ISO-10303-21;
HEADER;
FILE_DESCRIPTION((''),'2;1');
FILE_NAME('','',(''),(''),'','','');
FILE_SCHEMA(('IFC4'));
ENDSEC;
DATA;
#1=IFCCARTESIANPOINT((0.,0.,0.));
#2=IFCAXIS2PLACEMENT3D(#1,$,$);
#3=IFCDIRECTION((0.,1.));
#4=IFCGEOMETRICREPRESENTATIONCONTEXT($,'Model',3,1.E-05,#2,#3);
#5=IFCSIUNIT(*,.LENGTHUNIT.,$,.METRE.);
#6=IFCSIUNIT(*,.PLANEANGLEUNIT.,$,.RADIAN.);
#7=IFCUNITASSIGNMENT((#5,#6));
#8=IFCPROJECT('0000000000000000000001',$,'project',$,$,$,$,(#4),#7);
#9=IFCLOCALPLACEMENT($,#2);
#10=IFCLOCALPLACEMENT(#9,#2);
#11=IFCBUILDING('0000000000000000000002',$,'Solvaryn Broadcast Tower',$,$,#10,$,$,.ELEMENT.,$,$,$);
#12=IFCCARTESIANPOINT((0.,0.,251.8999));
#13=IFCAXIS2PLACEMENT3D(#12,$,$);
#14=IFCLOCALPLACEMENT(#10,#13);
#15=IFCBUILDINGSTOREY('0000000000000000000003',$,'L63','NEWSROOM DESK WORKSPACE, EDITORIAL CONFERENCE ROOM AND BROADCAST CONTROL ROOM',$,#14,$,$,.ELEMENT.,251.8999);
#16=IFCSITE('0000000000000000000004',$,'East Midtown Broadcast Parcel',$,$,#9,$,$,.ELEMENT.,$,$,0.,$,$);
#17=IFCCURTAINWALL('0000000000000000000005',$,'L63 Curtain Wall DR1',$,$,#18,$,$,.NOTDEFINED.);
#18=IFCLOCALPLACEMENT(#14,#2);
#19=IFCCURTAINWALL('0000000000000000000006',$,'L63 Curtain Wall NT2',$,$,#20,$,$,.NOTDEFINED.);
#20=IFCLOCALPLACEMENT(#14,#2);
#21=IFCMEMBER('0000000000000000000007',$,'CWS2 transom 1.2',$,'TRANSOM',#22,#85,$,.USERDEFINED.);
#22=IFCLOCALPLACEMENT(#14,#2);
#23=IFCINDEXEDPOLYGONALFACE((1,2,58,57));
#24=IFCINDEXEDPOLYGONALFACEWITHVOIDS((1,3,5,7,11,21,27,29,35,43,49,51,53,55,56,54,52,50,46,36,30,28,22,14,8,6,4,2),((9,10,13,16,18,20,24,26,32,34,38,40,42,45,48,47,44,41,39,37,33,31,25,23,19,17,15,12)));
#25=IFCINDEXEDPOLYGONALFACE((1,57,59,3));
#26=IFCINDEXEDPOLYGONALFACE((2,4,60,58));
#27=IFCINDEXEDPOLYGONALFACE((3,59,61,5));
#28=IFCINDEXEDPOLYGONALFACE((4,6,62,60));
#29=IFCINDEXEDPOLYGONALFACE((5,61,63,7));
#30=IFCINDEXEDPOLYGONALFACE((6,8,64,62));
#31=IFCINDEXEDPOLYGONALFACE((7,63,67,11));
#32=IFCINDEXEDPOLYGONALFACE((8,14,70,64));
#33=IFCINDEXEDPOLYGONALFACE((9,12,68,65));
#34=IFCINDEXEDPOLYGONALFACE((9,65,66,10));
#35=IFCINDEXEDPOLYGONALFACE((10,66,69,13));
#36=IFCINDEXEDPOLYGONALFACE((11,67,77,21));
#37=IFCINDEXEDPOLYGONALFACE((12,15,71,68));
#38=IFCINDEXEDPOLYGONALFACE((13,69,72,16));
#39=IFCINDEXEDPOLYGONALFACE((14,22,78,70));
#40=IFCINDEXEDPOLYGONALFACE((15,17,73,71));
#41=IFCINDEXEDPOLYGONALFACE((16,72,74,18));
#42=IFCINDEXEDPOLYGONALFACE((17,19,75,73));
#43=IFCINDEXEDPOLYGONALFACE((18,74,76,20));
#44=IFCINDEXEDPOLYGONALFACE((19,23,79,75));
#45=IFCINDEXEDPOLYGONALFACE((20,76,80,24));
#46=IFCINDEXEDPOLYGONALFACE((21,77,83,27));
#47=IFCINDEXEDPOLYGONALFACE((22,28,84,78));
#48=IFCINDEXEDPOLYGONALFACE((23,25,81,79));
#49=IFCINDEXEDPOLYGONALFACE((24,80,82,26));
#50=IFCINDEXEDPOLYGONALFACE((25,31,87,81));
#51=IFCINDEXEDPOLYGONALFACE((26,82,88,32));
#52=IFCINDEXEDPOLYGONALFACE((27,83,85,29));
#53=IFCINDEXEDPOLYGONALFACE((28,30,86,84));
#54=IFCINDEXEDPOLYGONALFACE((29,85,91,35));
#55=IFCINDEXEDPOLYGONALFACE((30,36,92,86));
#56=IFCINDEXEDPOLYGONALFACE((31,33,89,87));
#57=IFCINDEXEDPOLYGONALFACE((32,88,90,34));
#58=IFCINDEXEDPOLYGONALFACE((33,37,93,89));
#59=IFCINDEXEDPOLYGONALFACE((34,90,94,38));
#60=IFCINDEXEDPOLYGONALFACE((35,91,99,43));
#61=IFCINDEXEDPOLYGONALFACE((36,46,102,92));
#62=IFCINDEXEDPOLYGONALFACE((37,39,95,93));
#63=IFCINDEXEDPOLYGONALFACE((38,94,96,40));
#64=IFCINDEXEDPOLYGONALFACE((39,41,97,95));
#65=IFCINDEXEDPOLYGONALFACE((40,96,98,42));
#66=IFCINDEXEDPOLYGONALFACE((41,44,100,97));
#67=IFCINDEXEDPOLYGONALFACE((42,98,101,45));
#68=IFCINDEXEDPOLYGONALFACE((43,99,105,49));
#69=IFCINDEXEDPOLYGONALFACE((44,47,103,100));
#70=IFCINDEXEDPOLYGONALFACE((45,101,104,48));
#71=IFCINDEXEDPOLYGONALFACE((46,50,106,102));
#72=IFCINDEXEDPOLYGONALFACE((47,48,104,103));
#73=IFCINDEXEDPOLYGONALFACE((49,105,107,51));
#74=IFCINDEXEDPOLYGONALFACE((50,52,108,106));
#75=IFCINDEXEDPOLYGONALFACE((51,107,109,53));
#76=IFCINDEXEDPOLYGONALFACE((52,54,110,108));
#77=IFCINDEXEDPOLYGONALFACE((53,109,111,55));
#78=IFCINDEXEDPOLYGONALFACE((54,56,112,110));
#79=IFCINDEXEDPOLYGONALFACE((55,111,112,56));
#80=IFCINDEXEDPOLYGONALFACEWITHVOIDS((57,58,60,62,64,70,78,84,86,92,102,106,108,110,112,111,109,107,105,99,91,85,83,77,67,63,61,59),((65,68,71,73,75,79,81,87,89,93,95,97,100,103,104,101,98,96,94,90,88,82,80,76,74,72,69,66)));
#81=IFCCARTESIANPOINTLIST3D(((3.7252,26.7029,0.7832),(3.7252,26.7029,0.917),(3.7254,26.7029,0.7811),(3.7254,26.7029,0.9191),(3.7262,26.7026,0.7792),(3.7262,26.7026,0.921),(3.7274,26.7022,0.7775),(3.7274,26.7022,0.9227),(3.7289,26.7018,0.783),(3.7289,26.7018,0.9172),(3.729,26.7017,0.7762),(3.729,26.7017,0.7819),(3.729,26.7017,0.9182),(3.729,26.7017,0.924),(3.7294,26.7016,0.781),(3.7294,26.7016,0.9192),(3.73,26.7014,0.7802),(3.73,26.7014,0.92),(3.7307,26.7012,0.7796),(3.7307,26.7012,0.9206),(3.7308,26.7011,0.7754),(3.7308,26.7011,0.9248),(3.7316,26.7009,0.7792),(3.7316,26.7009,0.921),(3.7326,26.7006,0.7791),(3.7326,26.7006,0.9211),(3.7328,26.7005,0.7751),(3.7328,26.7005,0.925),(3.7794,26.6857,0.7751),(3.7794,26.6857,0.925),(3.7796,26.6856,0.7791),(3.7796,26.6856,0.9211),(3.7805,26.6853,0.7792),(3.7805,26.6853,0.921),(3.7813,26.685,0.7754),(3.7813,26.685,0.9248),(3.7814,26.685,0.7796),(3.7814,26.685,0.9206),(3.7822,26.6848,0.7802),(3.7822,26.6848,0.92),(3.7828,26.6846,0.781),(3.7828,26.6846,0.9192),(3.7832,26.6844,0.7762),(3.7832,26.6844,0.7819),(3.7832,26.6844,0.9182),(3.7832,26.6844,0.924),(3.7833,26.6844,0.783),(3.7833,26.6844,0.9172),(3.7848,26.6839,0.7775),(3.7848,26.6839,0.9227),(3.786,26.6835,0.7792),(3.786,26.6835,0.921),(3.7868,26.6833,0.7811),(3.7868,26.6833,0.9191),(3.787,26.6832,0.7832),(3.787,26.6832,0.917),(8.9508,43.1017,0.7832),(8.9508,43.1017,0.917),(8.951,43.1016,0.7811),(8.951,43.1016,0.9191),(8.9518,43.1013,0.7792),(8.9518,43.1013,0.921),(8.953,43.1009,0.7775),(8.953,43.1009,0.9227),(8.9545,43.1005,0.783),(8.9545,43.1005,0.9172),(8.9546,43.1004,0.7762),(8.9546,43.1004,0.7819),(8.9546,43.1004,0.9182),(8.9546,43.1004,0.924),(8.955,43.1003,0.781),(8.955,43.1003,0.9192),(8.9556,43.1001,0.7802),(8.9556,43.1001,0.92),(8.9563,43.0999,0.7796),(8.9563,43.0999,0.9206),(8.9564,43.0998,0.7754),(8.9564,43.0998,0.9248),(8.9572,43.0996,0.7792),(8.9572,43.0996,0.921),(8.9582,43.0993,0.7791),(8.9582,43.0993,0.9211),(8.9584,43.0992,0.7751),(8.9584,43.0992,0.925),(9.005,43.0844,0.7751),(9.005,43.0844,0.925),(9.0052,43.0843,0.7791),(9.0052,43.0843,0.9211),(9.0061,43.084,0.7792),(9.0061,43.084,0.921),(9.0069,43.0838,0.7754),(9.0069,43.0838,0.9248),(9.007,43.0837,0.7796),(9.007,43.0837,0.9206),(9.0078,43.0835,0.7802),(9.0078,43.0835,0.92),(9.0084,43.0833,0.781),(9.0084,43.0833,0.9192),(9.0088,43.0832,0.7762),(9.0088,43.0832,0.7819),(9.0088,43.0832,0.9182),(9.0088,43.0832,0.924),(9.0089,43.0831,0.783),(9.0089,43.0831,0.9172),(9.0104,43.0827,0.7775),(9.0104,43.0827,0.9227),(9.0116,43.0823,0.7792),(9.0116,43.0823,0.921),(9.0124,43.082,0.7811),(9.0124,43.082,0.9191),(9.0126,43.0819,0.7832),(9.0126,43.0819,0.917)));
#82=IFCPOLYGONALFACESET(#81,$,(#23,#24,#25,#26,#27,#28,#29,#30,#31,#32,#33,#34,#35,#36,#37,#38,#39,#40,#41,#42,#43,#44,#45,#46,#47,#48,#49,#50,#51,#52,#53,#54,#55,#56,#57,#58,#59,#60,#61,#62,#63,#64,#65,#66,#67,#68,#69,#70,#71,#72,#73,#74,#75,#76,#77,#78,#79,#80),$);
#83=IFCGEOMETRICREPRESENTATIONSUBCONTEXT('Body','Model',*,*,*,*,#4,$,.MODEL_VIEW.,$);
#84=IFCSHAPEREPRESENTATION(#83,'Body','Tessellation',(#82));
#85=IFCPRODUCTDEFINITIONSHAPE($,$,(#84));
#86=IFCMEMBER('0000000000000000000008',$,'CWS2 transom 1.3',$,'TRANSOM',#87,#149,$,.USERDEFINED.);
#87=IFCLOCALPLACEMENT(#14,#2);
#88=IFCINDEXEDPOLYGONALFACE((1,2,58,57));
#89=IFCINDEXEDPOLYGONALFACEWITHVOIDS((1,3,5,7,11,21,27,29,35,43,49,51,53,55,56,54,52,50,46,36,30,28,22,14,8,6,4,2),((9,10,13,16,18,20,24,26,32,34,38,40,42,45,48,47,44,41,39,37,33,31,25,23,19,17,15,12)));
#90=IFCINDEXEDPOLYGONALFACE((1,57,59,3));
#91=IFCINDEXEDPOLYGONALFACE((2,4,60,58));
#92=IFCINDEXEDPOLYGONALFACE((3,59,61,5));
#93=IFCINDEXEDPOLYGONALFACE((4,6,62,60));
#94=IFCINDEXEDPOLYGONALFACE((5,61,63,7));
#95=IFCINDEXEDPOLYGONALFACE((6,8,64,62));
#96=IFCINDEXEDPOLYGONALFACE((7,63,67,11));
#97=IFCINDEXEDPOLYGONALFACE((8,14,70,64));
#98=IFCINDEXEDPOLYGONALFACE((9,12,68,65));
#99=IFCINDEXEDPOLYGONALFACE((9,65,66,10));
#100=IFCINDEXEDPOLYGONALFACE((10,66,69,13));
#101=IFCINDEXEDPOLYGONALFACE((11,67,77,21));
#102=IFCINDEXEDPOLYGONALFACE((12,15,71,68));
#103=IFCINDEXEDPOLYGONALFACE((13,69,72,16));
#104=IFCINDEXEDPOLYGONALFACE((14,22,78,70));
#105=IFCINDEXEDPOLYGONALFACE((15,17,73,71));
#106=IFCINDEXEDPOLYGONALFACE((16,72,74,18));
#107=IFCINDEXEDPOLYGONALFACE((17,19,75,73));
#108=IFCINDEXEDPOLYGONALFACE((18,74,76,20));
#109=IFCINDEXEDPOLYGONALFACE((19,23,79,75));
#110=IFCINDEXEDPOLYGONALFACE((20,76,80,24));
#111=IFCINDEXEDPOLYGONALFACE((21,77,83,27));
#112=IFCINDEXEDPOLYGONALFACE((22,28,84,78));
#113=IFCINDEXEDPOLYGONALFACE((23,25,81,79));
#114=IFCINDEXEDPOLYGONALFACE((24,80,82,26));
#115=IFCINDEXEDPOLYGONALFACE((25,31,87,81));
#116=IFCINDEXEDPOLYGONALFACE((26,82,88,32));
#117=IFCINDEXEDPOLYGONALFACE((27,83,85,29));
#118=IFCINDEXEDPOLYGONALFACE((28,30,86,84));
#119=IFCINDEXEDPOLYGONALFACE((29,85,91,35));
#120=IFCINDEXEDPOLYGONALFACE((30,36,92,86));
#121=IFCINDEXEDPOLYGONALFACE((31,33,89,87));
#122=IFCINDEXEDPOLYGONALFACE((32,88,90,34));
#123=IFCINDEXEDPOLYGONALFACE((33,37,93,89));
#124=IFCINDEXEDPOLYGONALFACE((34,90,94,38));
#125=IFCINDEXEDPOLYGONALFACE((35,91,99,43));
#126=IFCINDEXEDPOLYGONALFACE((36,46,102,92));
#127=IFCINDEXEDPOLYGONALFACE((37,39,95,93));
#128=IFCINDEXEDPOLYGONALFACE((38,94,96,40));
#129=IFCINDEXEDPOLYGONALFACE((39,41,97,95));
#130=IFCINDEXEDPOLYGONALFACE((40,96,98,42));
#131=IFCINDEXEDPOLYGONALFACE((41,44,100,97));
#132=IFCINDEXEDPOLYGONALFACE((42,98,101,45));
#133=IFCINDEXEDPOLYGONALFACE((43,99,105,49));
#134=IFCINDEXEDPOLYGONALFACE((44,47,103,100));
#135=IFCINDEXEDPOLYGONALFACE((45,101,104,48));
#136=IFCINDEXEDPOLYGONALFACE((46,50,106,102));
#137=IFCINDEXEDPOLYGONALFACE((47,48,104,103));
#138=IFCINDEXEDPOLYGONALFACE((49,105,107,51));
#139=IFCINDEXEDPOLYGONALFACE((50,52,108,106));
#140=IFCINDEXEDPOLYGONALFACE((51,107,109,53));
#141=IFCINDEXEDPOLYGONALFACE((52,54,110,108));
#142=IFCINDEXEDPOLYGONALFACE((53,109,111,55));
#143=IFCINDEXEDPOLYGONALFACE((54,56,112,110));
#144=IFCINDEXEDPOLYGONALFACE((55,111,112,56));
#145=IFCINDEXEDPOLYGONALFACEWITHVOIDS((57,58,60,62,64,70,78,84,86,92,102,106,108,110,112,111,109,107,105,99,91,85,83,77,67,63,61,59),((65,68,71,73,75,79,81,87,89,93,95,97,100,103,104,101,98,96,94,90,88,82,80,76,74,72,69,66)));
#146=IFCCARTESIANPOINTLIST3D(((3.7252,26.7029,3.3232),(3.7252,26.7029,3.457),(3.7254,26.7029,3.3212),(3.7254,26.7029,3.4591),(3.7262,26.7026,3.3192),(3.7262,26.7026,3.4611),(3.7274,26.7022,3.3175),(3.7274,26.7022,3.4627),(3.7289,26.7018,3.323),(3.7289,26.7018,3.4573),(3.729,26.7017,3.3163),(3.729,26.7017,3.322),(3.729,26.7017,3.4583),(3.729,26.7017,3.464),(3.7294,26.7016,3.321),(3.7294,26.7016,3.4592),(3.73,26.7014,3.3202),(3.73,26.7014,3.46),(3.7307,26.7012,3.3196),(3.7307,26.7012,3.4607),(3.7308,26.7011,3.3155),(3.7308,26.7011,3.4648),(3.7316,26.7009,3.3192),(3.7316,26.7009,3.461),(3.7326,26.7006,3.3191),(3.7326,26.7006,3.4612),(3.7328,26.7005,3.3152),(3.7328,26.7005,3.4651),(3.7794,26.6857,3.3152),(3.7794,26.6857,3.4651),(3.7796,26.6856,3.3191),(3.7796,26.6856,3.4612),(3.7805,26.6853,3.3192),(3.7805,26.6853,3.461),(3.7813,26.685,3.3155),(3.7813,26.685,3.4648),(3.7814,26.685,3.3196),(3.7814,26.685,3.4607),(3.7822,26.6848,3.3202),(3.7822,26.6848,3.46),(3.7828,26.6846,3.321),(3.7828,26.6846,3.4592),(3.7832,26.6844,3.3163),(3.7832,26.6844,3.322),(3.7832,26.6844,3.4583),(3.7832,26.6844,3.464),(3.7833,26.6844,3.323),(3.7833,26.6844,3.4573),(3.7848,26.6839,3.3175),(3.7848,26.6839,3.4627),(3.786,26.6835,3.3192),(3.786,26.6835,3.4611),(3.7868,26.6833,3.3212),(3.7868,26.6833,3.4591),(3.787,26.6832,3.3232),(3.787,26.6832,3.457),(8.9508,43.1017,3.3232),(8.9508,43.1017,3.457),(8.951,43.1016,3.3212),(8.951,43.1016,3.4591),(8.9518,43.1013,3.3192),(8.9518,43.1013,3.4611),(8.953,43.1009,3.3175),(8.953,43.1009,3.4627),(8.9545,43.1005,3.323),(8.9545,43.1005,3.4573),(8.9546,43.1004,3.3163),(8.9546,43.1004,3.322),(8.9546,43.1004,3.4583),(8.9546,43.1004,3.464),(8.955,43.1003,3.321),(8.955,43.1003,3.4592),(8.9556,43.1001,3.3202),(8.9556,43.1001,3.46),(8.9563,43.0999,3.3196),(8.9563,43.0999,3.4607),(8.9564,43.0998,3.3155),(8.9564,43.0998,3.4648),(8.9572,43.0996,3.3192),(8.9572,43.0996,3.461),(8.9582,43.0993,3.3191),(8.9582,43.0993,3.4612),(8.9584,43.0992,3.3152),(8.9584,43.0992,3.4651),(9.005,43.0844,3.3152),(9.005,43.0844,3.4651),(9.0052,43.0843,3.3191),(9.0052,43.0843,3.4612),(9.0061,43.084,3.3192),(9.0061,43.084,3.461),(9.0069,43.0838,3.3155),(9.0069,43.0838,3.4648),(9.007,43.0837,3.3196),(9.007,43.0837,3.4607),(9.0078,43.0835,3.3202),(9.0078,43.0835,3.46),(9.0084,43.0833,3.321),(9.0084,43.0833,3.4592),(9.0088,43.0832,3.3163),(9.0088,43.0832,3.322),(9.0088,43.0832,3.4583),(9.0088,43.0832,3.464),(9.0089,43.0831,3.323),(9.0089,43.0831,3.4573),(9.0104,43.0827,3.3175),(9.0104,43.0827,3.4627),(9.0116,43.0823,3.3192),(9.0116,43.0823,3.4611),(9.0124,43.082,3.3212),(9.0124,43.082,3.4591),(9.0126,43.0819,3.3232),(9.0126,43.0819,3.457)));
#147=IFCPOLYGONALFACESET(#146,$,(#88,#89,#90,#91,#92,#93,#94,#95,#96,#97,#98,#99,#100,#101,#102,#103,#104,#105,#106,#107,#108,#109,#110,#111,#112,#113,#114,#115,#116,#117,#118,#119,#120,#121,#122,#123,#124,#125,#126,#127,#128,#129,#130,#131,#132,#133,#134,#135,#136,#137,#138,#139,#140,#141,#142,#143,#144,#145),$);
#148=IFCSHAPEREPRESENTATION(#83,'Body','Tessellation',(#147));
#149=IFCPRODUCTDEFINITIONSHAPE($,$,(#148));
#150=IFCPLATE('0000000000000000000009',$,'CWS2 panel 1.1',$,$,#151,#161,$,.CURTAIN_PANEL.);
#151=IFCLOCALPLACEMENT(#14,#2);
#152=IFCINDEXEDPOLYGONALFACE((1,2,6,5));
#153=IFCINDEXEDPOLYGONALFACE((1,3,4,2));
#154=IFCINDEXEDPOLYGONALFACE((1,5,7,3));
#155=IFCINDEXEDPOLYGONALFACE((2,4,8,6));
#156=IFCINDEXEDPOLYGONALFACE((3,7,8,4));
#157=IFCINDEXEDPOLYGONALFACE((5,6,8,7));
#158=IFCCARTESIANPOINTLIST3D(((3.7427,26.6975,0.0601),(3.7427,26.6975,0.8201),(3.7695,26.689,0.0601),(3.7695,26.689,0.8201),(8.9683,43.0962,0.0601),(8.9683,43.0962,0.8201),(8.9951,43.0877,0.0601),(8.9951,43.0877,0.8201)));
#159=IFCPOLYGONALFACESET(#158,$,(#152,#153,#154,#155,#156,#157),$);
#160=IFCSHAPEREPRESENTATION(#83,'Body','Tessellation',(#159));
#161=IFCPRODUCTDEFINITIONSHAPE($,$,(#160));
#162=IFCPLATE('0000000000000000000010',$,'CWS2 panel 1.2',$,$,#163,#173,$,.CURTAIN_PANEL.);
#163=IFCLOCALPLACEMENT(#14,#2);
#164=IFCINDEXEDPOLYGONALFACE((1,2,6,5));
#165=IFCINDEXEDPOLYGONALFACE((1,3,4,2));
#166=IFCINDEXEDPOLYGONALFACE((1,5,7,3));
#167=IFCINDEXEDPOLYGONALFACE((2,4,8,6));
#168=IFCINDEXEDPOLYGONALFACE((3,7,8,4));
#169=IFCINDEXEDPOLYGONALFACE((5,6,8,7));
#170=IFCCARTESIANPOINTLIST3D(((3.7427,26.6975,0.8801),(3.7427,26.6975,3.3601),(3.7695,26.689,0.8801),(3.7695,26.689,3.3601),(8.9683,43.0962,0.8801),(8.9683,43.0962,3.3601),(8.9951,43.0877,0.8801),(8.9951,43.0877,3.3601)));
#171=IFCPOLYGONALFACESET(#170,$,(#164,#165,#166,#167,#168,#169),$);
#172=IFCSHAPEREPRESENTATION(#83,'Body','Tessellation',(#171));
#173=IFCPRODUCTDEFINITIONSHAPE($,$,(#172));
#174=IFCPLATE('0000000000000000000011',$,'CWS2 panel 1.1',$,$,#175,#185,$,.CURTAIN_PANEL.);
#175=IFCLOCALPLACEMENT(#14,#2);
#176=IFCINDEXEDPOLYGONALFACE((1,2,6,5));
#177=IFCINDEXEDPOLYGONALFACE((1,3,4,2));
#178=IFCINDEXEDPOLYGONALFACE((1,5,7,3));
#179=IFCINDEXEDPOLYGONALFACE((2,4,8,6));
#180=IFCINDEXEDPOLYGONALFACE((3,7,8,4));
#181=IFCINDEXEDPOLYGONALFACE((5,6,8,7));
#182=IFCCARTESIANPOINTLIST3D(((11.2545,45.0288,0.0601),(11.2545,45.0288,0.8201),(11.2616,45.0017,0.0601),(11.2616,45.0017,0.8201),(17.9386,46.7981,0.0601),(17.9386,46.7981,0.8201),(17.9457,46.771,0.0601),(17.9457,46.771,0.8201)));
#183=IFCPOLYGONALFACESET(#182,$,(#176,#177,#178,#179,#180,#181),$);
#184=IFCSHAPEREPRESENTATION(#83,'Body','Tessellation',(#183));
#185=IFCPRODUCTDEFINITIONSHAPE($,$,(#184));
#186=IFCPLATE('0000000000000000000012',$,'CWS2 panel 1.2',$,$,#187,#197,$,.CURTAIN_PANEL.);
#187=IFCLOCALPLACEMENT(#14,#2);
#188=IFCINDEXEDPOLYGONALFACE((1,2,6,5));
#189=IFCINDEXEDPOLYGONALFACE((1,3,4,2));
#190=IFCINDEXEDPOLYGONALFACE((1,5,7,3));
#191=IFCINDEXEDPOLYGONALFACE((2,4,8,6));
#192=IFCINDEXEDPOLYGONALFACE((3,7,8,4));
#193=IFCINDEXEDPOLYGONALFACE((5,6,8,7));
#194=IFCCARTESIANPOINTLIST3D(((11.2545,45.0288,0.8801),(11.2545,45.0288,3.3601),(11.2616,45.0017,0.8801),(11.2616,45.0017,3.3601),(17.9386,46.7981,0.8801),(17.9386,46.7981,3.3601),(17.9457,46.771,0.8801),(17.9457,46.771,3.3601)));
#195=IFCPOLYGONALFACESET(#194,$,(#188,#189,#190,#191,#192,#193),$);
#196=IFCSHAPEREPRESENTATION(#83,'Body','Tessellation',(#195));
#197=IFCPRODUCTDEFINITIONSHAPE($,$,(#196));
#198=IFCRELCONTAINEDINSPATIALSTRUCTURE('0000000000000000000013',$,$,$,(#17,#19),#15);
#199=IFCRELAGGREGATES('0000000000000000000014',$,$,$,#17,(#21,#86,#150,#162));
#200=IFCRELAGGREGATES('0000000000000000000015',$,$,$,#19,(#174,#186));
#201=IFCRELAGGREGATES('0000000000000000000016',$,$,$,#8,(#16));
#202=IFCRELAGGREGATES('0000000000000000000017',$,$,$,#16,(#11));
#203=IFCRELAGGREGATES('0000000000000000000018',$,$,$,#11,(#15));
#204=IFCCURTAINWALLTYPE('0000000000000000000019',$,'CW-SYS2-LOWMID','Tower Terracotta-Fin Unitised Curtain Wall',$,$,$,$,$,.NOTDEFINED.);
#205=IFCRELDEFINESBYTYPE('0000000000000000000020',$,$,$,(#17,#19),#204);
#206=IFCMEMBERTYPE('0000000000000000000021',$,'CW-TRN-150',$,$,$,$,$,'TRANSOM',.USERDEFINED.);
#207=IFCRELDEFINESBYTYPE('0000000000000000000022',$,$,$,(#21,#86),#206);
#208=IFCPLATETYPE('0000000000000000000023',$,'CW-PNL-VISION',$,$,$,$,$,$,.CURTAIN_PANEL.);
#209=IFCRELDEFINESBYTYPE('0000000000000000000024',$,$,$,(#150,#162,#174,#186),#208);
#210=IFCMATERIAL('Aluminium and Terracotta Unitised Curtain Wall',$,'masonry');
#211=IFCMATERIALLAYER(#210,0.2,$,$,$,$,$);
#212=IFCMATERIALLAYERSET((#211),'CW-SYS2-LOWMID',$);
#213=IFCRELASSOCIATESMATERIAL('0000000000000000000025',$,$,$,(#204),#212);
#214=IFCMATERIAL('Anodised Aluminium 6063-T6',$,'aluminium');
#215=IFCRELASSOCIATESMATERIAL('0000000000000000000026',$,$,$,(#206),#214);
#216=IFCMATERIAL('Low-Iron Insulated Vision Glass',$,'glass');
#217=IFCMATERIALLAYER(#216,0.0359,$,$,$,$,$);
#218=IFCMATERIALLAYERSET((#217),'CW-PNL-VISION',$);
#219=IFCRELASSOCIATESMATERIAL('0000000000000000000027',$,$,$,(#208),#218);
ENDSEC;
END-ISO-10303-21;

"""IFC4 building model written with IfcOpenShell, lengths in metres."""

from ifc_helpers import new_model, si_unit, direction, frame, origin, origin_2d, place, context, subcontext, project, spatial, rectangle, hollow_rectangle, extrude, material, layer, layer_set, material_profile, profile_set, type_object, element, aggregate, save


model = new_model("IFC4")

# Units and contexts
model_context = context("Model", 3, precision=1e-05, world=origin(), true_north=direction((0.0, 1.0)))
body_context = subcontext(model_context, "Body", "Model", "MODEL_VIEW")
ifc_project = project(units=[si_unit("LENGTHUNIT", "METRE"), si_unit("PLANEANGLEUNIT", "RADIAN")], contexts=[model_context])

# Site, building, storey
site_placement = place(None, origin())
site = spatial("IfcSite", under=ifc_project, at=site_placement, Name="East Midtown Broadcast Parcel", CompositionType="ELEMENT", RefElevation=0.0)
building_placement = place(site_placement, origin())
building = spatial("IfcBuilding", under=site, at=building_placement, Name="Solvaryn Broadcast Tower", CompositionType="ELEMENT")
storey_placement = place(building_placement, frame((0.0, 0.0, 251.8999)))
storey = spatial("IfcBuildingStorey", under=building, at=storey_placement, Name="L63", Description="NEWSROOM DESK WORKSPACE, EDITORIAL CONFERENCE ROOM AND BROADCAST CONTROL ROOM", CompositionType="ELEMENT", Elevation=251.8999)

# Curtain walls
ifc_material_1 = material(Name="Aluminium and Terracotta Unitised Curtain Wall", Category="masonry")
ifc_layer_1 = layer(ifc_material_1, 0.2)
ifc_layer_set_1 = layer_set([ifc_layer_1], Name="CW-SYS2-LOWMID")
curtain_wall_type = type_object("IfcCurtainWallType", Name="CW-SYS2-LOWMID", Description="Tower Terracotta-Fin Unitised Curtain Wall", PredefinedType="NOTDEFINED", material=ifc_layer_set_1)
curtain_wall_1_placement = place(storey_placement, origin())
curtain_wall_1 = element("IfcCurtainWall", 1, at=curtain_wall_1_placement, inside=storey, type_object=curtain_wall_type, Name="L63 Curtain Wall DR1", PredefinedType="NOTDEFINED")
curtain_wall_2_placement = place(storey_placement, origin())
curtain_wall_2 = element("IfcCurtainWall", 2, at=curtain_wall_2_placement, inside=storey, type_object=curtain_wall_type, Name="L63 Curtain Wall NT2", PredefinedType="NOTDEFINED")

# Members
ifc_material_2 = material(Name="Anodised Aluminium 6063-T6", Category="aluminium")
ifc_material_profile_1 = material_profile(ifc_material_2, hollow_rectangle(XDim=0.0649, YDim=0.1499, WallThickness=0.0039, InnerFilletRadius=0.0039, OuterFilletRadius=0.0081, at=origin_2d()))
ifc_profile_set_1 = profile_set([ifc_material_profile_1], Name="Anodised Aluminium 6063-T6")
member_type_1 = type_object("IfcMemberType", Name="CW-TRN-150", ElementType="TRANSOM", PredefinedType="USERDEFINED", material=ifc_profile_set_1)
member_1_placement = place(storey_placement, frame((8.9817, 43.0918, 0.8501), z_axis=(-0.303616, -0.952794, 0.0), x_axis=(0.952794, -0.303616, 0.0)))
member_1 = element("IfcMember", 3, at=member_1_placement, type_object=member_type_1, Name="CWS2 transom 1.2", ObjectType="TRANSOM", PredefinedType="USERDEFINED", context=body_context, shape_type="SweptSolid", body=[
    extrude(hollow_rectangle(XDim=0.0649, YDim=0.1499, WallThickness=0.0039, InnerFilletRadius=0.0039, OuterFilletRadius=0.0081, at=origin_2d()), origin(), (0.0, 0.0, 1.0), 17.2112),
])
member_2_placement = place(storey_placement, frame((8.9817, 43.0918, 3.3901), z_axis=(-0.303616, -0.952794, 0.0), x_axis=(0.952794, -0.303616, 0.0)))
member_2 = element("IfcMember", 4, at=member_2_placement, type_object=member_type_1, Name="CWS2 transom 1.3", ObjectType="TRANSOM", PredefinedType="USERDEFINED", context=body_context, shape_type="SweptSolid", body=[
    extrude(hollow_rectangle(XDim=0.0649, YDim=0.1499, WallThickness=0.0039, InnerFilletRadius=0.0039, OuterFilletRadius=0.0081, at=origin_2d()), origin(), (0.0, 0.0, 1.0), 17.2112),
])

# Plates
ifc_material_3 = material(Name="Low-Iron Insulated Vision Glass", Category="glass")
ifc_layer_2 = layer(ifc_material_3, 0.0359)
ifc_layer_set_2 = layer_set([ifc_layer_2], Name="CW-PNL-VISION")
plate_type = type_object("IfcPlateType", Name="CW-PNL-VISION", PredefinedType="CURTAIN_PANEL", material=ifc_layer_set_2)
plate_1_placement = place(storey_placement, frame((6.3689, 34.8926, 0.0601), z_axis=(0.0, 0.0, 1.0), x_axis=(-0.303616, -0.952795, 0.0)))
plate_1 = element("IfcPlate", 5, at=plate_1_placement, type_object=plate_type, Name="CWS2 panel 1.1", PredefinedType="CURTAIN_PANEL", context=body_context, shape_type="SweptSolid", body=[
    extrude(rectangle(XDim=17.2112, YDim=0.0281, at=origin_2d()), origin(), (0.0, 0.0, 1.0), 0.76),
])
plate_2_placement = place(storey_placement, frame((6.3689, 34.8926, 0.8801), z_axis=(0.0, 0.0, 1.0), x_axis=(-0.303616, -0.952795, 0.0)))
plate_2 = element("IfcPlate", 6, at=plate_2_placement, type_object=plate_type, Name="CWS2 panel 1.2", PredefinedType="CURTAIN_PANEL", context=body_context, shape_type="SweptSolid", body=[
    extrude(rectangle(XDim=17.2112, YDim=0.0281, at=origin_2d()), origin(), (0.0, 0.0, 1.0), 2.48),
])
aggregate(curtain_wall_1, [member_1, member_2, plate_1, plate_2])
plate_3_placement = place(storey_placement, frame((14.6001, 45.8999, 0.0601), z_axis=(0.0, 0.0, 1.0), x_axis=(-0.966705, -0.255893, 0.0)))
plate_3 = element("IfcPlate", 7, at=plate_3_placement, type_object=plate_type, Name="CWS2 panel 1.1", PredefinedType="CURTAIN_PANEL", context=body_context, shape_type="SweptSolid", body=[
    extrude(rectangle(XDim=6.9143, YDim=0.0281, at=origin_2d()), origin(), (0.0, 0.0, 1.0), 0.76),
])
plate_4_placement = place(storey_placement, frame((14.6001, 45.8999, 0.8801), z_axis=(0.0, 0.0, 1.0), x_axis=(-0.966705, -0.255893, 0.0)))
plate_4 = element("IfcPlate", 8, at=plate_4_placement, type_object=plate_type, Name="CWS2 panel 1.2", PredefinedType="CURTAIN_PANEL", context=body_context, shape_type="SweptSolid", body=[
    extrude(rectangle(XDim=6.9143, YDim=0.0281, at=origin_2d()), origin(), (0.0, 0.0, 1.0), 2.48),
])
aggregate(curtain_wall_2, [plate_3, plate_4])

save(model, "model.ifc")
